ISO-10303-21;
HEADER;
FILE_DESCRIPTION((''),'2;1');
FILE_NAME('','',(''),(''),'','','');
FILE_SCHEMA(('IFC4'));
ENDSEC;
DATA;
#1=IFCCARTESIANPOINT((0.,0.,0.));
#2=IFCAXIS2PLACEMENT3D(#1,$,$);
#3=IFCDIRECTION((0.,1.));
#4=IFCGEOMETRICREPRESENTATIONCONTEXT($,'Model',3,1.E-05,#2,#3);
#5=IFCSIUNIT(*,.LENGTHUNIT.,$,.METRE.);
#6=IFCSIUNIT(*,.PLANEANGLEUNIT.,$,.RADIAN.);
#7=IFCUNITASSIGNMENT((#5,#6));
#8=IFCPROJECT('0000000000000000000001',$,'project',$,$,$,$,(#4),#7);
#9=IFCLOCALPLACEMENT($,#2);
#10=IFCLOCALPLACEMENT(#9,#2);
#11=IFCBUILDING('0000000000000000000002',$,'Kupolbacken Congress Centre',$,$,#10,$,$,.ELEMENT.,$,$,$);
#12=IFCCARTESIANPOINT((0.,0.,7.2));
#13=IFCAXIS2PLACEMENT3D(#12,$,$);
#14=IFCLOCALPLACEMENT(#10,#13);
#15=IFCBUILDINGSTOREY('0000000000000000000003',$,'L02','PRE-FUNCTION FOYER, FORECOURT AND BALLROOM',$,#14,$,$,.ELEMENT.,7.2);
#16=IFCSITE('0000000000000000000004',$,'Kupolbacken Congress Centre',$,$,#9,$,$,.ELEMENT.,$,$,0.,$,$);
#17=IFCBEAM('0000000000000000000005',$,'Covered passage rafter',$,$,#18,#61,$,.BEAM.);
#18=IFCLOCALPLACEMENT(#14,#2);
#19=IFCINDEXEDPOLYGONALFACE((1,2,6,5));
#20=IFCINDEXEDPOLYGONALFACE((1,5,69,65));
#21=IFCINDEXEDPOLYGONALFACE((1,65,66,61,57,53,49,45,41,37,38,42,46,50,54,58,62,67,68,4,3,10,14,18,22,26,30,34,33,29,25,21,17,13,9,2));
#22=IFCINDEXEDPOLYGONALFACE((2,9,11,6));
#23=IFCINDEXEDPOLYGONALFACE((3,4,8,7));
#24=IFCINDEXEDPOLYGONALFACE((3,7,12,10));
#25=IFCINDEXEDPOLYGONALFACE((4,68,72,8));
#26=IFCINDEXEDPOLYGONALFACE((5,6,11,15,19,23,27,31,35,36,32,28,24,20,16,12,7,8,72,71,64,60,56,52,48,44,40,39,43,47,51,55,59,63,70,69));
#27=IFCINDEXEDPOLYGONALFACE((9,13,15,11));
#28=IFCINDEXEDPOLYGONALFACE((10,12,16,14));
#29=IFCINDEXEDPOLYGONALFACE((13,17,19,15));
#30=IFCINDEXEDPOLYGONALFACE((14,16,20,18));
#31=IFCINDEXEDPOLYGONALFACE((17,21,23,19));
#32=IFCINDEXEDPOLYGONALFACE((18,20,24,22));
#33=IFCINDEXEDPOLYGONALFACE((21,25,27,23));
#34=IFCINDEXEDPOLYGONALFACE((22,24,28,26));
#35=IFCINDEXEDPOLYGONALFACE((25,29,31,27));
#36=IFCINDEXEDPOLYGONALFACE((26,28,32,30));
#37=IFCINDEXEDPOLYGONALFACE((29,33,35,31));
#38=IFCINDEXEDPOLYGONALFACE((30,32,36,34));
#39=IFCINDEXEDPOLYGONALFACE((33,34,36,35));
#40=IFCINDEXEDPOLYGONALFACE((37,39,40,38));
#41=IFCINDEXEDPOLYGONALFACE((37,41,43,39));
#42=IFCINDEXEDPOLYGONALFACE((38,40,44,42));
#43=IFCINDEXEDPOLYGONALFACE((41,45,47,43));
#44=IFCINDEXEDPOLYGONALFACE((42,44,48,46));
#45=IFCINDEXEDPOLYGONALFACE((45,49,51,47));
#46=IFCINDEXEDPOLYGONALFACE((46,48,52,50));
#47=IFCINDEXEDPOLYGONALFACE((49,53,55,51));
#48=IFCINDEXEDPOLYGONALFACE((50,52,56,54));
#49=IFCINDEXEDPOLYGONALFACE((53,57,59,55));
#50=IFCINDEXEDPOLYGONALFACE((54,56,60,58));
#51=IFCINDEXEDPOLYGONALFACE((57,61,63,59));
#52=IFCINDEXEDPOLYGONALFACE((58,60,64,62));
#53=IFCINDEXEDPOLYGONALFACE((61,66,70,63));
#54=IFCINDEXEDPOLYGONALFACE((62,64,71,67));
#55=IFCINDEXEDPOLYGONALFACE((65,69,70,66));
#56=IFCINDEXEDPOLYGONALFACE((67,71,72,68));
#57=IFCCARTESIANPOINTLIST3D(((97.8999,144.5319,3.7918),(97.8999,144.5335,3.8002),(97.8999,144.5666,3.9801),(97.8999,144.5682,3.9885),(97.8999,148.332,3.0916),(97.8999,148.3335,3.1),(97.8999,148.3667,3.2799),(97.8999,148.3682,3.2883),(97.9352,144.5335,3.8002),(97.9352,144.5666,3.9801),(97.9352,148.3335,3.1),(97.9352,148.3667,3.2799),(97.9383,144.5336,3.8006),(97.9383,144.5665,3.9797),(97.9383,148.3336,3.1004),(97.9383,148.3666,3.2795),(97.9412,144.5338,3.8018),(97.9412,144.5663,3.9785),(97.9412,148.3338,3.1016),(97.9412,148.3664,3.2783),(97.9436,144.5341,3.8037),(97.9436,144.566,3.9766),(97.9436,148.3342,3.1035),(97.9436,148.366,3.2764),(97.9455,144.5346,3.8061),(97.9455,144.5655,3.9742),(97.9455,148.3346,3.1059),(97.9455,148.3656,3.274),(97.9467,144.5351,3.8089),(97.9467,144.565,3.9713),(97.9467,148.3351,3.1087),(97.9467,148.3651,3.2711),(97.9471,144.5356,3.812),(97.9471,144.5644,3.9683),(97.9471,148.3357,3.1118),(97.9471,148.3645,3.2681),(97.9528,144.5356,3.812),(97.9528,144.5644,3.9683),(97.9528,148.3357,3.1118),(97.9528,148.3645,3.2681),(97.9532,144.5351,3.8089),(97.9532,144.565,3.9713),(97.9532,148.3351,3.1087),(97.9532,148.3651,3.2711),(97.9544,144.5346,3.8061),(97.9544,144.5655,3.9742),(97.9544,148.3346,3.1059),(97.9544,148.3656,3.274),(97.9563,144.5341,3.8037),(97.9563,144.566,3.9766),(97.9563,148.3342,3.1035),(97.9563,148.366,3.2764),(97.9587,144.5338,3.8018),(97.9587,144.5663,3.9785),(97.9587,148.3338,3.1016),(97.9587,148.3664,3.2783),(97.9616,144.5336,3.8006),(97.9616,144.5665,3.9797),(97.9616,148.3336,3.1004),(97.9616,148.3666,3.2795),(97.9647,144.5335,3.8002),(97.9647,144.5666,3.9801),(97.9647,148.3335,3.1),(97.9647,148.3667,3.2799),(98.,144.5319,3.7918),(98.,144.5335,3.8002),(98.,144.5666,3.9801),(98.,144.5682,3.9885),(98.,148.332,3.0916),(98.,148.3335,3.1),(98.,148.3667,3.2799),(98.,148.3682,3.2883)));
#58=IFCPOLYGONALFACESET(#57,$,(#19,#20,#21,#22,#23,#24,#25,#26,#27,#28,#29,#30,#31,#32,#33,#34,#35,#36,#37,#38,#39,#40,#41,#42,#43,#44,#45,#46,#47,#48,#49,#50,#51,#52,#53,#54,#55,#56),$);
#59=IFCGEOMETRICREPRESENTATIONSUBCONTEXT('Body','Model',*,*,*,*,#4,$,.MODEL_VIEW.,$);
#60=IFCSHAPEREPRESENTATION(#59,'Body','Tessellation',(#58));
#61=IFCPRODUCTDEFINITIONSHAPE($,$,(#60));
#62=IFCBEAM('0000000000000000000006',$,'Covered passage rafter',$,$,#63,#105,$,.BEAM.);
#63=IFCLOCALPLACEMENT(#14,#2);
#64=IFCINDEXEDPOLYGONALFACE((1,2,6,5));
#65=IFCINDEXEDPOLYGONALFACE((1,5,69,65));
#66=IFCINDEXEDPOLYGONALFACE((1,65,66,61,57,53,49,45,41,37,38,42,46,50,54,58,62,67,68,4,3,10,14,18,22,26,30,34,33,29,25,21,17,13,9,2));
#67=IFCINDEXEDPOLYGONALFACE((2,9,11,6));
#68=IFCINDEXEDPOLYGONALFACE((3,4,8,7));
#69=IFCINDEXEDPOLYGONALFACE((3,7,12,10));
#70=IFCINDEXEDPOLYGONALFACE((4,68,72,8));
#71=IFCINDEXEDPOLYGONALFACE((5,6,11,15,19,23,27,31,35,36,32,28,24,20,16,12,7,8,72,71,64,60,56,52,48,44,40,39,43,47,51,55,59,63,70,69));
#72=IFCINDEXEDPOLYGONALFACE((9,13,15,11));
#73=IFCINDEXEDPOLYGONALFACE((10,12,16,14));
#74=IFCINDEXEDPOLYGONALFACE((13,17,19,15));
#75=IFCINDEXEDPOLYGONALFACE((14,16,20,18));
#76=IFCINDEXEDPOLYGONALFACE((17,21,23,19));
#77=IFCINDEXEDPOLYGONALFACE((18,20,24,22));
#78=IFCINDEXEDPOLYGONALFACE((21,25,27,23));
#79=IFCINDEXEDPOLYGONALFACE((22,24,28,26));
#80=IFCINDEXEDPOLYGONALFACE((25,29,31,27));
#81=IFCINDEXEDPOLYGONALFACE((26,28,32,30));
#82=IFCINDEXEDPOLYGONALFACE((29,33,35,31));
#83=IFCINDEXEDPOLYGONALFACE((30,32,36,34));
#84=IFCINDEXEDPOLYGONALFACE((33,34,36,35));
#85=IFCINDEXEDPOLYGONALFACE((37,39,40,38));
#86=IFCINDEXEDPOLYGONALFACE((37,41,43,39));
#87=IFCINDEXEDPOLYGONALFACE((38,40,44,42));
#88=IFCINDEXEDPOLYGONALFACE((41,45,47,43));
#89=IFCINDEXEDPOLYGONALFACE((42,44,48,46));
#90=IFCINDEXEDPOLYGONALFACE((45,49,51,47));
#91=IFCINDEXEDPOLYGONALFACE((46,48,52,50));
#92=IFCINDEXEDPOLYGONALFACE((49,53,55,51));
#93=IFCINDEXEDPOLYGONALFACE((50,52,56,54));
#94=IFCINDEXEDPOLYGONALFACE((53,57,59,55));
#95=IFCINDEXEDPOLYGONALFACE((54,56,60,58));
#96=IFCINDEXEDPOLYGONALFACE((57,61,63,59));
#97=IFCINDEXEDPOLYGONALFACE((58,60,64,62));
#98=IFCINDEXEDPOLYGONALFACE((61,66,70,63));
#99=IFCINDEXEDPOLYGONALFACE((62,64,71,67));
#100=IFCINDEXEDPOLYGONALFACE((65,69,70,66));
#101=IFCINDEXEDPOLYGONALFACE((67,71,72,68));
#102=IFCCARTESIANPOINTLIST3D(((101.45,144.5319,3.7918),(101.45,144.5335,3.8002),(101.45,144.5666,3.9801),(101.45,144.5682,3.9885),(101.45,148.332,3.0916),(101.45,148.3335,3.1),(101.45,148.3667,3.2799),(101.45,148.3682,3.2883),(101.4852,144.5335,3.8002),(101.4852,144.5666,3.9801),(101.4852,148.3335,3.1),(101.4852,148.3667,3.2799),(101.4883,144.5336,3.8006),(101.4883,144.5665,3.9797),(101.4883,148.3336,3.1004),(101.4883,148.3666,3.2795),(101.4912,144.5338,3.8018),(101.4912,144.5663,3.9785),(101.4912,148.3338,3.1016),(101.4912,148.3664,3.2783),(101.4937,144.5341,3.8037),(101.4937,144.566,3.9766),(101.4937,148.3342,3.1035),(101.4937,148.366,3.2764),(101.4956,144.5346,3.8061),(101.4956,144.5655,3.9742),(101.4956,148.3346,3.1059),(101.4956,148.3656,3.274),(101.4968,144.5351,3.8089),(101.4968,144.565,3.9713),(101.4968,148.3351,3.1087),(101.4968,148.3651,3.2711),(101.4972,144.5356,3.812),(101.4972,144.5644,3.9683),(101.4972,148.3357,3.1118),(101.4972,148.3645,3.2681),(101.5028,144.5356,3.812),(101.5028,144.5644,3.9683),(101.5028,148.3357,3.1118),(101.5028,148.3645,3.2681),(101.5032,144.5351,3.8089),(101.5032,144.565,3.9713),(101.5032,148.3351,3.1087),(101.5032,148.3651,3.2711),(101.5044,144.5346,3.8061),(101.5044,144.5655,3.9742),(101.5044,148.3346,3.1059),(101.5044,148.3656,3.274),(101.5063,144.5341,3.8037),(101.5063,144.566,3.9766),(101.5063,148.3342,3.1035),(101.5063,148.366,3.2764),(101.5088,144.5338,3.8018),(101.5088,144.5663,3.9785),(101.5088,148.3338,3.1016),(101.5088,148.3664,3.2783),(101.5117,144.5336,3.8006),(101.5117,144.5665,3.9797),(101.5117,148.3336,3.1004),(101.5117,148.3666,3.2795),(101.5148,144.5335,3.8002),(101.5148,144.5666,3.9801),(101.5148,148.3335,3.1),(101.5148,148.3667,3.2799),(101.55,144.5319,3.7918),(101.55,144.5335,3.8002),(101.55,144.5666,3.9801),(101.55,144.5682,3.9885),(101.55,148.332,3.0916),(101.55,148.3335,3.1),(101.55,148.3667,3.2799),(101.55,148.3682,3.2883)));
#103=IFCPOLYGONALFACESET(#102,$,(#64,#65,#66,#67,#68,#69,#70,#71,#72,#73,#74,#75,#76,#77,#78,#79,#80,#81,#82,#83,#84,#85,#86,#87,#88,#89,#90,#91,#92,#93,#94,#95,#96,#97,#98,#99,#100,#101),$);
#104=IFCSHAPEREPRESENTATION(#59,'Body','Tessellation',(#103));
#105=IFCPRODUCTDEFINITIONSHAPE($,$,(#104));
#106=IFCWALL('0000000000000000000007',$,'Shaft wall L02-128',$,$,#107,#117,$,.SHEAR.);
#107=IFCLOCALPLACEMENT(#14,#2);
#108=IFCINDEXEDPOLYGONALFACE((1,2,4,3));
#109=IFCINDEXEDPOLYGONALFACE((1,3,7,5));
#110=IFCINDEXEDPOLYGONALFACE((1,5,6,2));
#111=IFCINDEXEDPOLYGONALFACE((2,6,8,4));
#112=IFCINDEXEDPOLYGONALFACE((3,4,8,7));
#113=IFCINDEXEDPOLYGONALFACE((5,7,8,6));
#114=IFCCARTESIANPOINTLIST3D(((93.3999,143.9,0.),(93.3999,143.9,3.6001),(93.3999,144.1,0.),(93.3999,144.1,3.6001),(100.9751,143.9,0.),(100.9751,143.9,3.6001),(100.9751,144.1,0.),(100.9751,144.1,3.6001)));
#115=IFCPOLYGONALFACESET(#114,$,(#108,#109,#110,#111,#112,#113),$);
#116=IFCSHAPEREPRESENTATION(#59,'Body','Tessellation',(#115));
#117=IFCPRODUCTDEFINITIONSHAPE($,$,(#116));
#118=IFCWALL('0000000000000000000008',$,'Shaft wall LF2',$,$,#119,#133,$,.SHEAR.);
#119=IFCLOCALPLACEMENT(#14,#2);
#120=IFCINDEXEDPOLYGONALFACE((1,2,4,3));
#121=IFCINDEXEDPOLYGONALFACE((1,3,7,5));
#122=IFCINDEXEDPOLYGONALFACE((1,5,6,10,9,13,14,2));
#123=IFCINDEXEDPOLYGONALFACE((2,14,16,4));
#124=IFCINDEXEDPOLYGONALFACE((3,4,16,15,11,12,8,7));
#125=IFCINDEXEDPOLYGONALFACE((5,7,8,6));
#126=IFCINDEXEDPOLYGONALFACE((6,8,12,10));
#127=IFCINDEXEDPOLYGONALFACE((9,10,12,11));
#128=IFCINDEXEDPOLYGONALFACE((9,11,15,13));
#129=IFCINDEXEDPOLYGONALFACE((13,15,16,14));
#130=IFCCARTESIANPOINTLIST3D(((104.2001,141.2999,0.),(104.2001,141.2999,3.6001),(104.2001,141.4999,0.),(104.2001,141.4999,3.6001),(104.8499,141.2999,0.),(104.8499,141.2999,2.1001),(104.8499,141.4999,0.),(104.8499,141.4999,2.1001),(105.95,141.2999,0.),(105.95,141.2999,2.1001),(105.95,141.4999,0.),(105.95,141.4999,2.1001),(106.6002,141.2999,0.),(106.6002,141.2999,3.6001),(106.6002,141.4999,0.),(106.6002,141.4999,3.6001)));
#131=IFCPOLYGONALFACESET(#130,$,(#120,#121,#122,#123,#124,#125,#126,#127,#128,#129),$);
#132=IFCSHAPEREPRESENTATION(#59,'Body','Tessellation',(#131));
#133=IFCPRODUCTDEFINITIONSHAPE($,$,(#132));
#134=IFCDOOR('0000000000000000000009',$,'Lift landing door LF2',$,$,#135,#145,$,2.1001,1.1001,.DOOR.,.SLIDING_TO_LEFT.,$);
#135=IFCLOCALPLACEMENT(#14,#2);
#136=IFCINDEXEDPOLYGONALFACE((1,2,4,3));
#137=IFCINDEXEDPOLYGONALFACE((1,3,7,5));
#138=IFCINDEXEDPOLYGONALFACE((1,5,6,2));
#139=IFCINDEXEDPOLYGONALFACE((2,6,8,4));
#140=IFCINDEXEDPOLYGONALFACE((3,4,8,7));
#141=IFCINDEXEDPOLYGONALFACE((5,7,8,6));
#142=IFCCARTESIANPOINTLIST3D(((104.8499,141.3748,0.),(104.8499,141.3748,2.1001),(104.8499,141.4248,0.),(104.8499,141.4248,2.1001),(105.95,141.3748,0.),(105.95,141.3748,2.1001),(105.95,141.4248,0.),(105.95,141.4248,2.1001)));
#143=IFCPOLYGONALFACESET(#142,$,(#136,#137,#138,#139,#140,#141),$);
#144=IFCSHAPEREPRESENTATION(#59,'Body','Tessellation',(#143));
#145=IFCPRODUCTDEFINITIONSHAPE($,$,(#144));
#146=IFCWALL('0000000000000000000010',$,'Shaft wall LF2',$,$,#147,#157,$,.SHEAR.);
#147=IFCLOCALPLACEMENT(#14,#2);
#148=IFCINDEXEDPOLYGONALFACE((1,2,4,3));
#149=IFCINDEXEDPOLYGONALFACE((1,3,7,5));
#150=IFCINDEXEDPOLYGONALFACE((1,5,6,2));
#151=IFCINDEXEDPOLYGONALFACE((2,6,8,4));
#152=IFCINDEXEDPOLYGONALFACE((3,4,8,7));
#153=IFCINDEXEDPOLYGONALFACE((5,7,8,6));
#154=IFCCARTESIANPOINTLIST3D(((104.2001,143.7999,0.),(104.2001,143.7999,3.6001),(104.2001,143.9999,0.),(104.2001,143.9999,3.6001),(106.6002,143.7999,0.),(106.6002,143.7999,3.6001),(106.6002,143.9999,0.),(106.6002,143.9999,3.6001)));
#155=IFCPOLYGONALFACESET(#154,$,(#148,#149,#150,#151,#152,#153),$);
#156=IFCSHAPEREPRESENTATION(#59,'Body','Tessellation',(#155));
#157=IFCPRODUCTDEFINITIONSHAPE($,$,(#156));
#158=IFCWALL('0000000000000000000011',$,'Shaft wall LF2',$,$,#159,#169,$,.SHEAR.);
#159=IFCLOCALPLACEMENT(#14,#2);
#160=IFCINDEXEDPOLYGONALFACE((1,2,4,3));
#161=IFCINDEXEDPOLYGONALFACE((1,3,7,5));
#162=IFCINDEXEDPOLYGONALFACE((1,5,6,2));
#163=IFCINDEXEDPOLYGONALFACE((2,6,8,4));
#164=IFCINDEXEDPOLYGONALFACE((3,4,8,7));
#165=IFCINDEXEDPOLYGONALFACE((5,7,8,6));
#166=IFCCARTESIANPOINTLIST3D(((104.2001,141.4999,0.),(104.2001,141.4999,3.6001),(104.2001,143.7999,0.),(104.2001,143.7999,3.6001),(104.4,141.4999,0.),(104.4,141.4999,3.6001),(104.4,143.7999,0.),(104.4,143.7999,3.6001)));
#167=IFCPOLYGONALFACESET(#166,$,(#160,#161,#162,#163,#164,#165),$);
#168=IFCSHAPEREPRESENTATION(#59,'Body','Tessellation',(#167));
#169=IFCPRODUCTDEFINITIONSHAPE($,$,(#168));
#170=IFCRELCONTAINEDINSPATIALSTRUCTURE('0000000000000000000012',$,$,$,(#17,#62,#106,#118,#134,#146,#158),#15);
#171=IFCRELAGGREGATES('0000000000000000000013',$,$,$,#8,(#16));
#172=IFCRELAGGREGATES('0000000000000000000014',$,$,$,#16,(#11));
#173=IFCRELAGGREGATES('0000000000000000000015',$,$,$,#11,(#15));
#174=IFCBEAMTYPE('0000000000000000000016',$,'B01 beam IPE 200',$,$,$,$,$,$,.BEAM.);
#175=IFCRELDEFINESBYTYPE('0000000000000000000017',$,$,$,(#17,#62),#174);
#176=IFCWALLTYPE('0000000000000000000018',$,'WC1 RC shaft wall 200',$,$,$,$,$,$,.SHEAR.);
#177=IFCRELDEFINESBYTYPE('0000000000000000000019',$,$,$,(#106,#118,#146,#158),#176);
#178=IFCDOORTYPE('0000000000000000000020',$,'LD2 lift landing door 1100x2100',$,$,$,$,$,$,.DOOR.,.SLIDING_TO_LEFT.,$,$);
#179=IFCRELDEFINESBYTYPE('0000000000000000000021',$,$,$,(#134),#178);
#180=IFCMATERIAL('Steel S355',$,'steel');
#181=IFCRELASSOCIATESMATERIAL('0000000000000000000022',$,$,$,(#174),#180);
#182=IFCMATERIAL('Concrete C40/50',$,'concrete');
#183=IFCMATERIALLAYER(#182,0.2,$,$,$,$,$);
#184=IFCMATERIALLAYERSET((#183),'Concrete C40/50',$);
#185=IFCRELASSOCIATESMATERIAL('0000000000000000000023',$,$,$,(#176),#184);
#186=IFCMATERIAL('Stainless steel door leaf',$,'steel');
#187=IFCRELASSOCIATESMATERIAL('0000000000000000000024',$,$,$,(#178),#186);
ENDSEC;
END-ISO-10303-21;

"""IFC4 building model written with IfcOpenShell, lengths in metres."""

from ifc_helpers import new_model, si_unit, direction, frame, frame_2d, origin, origin_2d, place, context, subcontext, project, spatial, rectangle, i_section, extrude, material, layer, layer_set, material_profile, profile_set, type_object, element, fill, save


model = new_model("IFC4")

# Units and contexts
model_context = context("Model", 3, precision=1e-05, world=origin(), true_north=direction((0.0, 1.0)))
body_context = subcontext(model_context, "Body", "Model", "MODEL_VIEW")
ifc_project = project(units=[si_unit("LENGTHUNIT", "METRE"), si_unit("PLANEANGLEUNIT", "RADIAN")], contexts=[model_context])

# Site, building, storey
site_placement = place(None, origin())
site = spatial("IfcSite", under=ifc_project, at=site_placement, Name="Kupolbacken Congress Centre", CompositionType="ELEMENT", RefElevation=0.0)
building_placement = place(site_placement, origin())
building = spatial("IfcBuilding", under=site, at=building_placement, Name="Kupolbacken Congress Centre", CompositionType="ELEMENT")
storey_placement = place(building_placement, frame((0.0, 0.0, 7.2)))
storey = spatial("IfcBuildingStorey", under=building, at=storey_placement, Name="L02", Description="PRE-FUNCTION FOYER, FORECOURT AND BALLROOM", CompositionType="ELEMENT", Elevation=7.2)

# Beams
ifc_material_1 = material(Name="Steel S355", Category="steel")
ifc_material_profile_1 = material_profile(ifc_material_1, i_section(OverallWidth=0.1001, OverallDepth=0.2, WebThickness=0.0056, FlangeThickness=0.0085, FilletRadius=0.012, at=origin_2d()), Name="IPE 200")
ifc_profile_set_1 = profile_set([ifc_material_profile_1], Name="Steel S355")
beam_type = type_object("IfcBeamType", Name="B01 beam IPE 200", PredefinedType="BEAM", material=ifc_profile_set_1)
for number, where, z_axis, x_axis, name in (
    (1, (97.95, 144.55, 3.8901), (0.0, 0.983445, -0.181209), (-1.0, 0.0, 0.0), "Covered passage rafter"),
    (2, (101.5, 144.55, 3.8901), (0.0, 0.983445, -0.181209), (-1.0, 0.0, 0.0), "Covered passage rafter"),
):
    element("IfcBeam", number, at=place(storey_placement, frame(where, z_axis=z_axis, x_axis=x_axis)), inside=storey, type_object=beam_type, Name=name, PredefinedType="BEAM", context=body_context, shape_type="SweptSolid", body=[
        extrude(i_section(OverallWidth=0.1001, OverallDepth=0.2, WebThickness=0.0056, FlangeThickness=0.0085, FilletRadius=0.012, at=origin_2d()), origin(), (0.0, 0.0, 1.0), 3.864),
    ])

# Wall
ifc_material_2 = material(Name="Concrete C40/50", Category="concrete")
ifc_layer_1 = layer(ifc_material_2, 0.2)
ifc_layer_set_1 = layer_set([ifc_layer_1], Name="Concrete C40/50")
wall_type_1 = type_object("IfcWallType", Name="WC1 RC shaft wall 200", PredefinedType="SHEAR", material=ifc_layer_set_1)
wall_1_placement = place(storey_placement, frame((100.9751, 144.0, 0.0), z_axis=(0.0, 0.0, 1.0), x_axis=(-1.0, 0.0, 0.0)))
element("IfcWall", 3, at=wall_1_placement, inside=storey, type_object=wall_type_1, Name="Shaft wall L02-128", PredefinedType="SHEAR", context=body_context, shape_type="SweptSolid", body=[
    extrude(rectangle(XDim=7.5752, YDim=0.2, at=frame_2d((3.7876, 0.0))), origin(), (0.0, 0.0, 1.0), 3.6001),
])

# Wall, opening, door
wall_2_placement = place(storey_placement, frame((104.2, 141.3999, 0.0), z_axis=(0.0, 0.0, 1.0), x_axis=(1.0, 0.0, 0.0)))
wall_2 = element("IfcWall", 4, at=wall_2_placement, inside=storey, type_object=wall_type_1, Name="Shaft wall LF2", PredefinedType="SHEAR", context=body_context, shape_type="SweptSolid", body=[
    extrude(rectangle(XDim=2.4001, YDim=0.2, at=frame_2d((1.2002, 0.0))), origin(), (0.0, 0.0, 1.0), 3.6001),
])
opening_1_placement = place(wall_2_placement, frame((0.6499, 0.0, 0.0)))
opening_1 = element("IfcOpeningElement", 5, at=opening_1_placement, cuts=wall_2, PredefinedType="OPENING", context=body_context, shape_type="SweptSolid", body=[
    extrude(rectangle(XDim=1.1001, YDim=2.1001, at=frame_2d((0.55, 1.05))), frame((0.0, 0.1099, 0.0), z_axis=(0.0, -1.0, 0.0), x_axis=(1.0, 0.0, 0.0)), (0.0, 0.0, 1.0), 0.22),
])
ifc_material_3 = material(Name="Stainless steel door leaf", Category="steel")
door_type_1 = type_object("IfcDoorType", Name="LD2 lift landing door 1100x2100", OperationType="SLIDING_TO_LEFT", PredefinedType="DOOR", material=ifc_material_3)
door_1_placement = place(opening_1_placement, origin())
door_1 = element("IfcDoor", 6, at=door_1_placement, inside=storey, type_object=door_type_1, Name="Lift landing door LF2", OperationType="SLIDING_TO_LEFT", OverallHeight=2.1001, OverallWidth=1.1001, PredefinedType="DOOR", context=body_context, shape_type="SweptSolid", body=[
    extrude(rectangle(XDim=1.1001, YDim=2.1001, at=frame_2d((0.55, 1.05))), frame((0.0, 0.0249, 0.0), z_axis=(0.0, -1.0, 0.0), x_axis=(1.0, 0.0, 0.0)), (0.0, 0.0, 1.0), 0.05),
])
fill(opening_1, door_1)

# Walls
wall_3_placement = place(storey_placement, frame((104.2, 143.8999, 0.0), z_axis=(0.0, 0.0, 1.0), x_axis=(1.0, 0.0, 0.0)))
element("IfcWall", 7, at=wall_3_placement, inside=storey, type_object=wall_type_1, Name="Shaft wall LF2", PredefinedType="SHEAR", context=body_context, shape_type="SweptSolid", body=[
    extrude(rectangle(XDim=2.4001, YDim=0.2, at=frame_2d((1.2002, 0.0))), origin(), (0.0, 0.0, 1.0), 3.6001),
])
wall_4_placement = place(storey_placement, frame((104.3, 141.5, 0.0), z_axis=(0.0, 0.0, 1.0), x_axis=(0.0, 1.0, 0.0)))
element("IfcWall", 8, at=wall_4_placement, inside=storey, type_object=wall_type_1, Name="Shaft wall LF2", PredefinedType="SHEAR", context=body_context, shape_type="SweptSolid", body=[
    extrude(rectangle(XDim=2.3, YDim=0.2, at=frame_2d((1.1499, 0.0))), origin(), (0.0, 0.0, 1.0), 3.6001),
])

save(model, "model.ifc")
